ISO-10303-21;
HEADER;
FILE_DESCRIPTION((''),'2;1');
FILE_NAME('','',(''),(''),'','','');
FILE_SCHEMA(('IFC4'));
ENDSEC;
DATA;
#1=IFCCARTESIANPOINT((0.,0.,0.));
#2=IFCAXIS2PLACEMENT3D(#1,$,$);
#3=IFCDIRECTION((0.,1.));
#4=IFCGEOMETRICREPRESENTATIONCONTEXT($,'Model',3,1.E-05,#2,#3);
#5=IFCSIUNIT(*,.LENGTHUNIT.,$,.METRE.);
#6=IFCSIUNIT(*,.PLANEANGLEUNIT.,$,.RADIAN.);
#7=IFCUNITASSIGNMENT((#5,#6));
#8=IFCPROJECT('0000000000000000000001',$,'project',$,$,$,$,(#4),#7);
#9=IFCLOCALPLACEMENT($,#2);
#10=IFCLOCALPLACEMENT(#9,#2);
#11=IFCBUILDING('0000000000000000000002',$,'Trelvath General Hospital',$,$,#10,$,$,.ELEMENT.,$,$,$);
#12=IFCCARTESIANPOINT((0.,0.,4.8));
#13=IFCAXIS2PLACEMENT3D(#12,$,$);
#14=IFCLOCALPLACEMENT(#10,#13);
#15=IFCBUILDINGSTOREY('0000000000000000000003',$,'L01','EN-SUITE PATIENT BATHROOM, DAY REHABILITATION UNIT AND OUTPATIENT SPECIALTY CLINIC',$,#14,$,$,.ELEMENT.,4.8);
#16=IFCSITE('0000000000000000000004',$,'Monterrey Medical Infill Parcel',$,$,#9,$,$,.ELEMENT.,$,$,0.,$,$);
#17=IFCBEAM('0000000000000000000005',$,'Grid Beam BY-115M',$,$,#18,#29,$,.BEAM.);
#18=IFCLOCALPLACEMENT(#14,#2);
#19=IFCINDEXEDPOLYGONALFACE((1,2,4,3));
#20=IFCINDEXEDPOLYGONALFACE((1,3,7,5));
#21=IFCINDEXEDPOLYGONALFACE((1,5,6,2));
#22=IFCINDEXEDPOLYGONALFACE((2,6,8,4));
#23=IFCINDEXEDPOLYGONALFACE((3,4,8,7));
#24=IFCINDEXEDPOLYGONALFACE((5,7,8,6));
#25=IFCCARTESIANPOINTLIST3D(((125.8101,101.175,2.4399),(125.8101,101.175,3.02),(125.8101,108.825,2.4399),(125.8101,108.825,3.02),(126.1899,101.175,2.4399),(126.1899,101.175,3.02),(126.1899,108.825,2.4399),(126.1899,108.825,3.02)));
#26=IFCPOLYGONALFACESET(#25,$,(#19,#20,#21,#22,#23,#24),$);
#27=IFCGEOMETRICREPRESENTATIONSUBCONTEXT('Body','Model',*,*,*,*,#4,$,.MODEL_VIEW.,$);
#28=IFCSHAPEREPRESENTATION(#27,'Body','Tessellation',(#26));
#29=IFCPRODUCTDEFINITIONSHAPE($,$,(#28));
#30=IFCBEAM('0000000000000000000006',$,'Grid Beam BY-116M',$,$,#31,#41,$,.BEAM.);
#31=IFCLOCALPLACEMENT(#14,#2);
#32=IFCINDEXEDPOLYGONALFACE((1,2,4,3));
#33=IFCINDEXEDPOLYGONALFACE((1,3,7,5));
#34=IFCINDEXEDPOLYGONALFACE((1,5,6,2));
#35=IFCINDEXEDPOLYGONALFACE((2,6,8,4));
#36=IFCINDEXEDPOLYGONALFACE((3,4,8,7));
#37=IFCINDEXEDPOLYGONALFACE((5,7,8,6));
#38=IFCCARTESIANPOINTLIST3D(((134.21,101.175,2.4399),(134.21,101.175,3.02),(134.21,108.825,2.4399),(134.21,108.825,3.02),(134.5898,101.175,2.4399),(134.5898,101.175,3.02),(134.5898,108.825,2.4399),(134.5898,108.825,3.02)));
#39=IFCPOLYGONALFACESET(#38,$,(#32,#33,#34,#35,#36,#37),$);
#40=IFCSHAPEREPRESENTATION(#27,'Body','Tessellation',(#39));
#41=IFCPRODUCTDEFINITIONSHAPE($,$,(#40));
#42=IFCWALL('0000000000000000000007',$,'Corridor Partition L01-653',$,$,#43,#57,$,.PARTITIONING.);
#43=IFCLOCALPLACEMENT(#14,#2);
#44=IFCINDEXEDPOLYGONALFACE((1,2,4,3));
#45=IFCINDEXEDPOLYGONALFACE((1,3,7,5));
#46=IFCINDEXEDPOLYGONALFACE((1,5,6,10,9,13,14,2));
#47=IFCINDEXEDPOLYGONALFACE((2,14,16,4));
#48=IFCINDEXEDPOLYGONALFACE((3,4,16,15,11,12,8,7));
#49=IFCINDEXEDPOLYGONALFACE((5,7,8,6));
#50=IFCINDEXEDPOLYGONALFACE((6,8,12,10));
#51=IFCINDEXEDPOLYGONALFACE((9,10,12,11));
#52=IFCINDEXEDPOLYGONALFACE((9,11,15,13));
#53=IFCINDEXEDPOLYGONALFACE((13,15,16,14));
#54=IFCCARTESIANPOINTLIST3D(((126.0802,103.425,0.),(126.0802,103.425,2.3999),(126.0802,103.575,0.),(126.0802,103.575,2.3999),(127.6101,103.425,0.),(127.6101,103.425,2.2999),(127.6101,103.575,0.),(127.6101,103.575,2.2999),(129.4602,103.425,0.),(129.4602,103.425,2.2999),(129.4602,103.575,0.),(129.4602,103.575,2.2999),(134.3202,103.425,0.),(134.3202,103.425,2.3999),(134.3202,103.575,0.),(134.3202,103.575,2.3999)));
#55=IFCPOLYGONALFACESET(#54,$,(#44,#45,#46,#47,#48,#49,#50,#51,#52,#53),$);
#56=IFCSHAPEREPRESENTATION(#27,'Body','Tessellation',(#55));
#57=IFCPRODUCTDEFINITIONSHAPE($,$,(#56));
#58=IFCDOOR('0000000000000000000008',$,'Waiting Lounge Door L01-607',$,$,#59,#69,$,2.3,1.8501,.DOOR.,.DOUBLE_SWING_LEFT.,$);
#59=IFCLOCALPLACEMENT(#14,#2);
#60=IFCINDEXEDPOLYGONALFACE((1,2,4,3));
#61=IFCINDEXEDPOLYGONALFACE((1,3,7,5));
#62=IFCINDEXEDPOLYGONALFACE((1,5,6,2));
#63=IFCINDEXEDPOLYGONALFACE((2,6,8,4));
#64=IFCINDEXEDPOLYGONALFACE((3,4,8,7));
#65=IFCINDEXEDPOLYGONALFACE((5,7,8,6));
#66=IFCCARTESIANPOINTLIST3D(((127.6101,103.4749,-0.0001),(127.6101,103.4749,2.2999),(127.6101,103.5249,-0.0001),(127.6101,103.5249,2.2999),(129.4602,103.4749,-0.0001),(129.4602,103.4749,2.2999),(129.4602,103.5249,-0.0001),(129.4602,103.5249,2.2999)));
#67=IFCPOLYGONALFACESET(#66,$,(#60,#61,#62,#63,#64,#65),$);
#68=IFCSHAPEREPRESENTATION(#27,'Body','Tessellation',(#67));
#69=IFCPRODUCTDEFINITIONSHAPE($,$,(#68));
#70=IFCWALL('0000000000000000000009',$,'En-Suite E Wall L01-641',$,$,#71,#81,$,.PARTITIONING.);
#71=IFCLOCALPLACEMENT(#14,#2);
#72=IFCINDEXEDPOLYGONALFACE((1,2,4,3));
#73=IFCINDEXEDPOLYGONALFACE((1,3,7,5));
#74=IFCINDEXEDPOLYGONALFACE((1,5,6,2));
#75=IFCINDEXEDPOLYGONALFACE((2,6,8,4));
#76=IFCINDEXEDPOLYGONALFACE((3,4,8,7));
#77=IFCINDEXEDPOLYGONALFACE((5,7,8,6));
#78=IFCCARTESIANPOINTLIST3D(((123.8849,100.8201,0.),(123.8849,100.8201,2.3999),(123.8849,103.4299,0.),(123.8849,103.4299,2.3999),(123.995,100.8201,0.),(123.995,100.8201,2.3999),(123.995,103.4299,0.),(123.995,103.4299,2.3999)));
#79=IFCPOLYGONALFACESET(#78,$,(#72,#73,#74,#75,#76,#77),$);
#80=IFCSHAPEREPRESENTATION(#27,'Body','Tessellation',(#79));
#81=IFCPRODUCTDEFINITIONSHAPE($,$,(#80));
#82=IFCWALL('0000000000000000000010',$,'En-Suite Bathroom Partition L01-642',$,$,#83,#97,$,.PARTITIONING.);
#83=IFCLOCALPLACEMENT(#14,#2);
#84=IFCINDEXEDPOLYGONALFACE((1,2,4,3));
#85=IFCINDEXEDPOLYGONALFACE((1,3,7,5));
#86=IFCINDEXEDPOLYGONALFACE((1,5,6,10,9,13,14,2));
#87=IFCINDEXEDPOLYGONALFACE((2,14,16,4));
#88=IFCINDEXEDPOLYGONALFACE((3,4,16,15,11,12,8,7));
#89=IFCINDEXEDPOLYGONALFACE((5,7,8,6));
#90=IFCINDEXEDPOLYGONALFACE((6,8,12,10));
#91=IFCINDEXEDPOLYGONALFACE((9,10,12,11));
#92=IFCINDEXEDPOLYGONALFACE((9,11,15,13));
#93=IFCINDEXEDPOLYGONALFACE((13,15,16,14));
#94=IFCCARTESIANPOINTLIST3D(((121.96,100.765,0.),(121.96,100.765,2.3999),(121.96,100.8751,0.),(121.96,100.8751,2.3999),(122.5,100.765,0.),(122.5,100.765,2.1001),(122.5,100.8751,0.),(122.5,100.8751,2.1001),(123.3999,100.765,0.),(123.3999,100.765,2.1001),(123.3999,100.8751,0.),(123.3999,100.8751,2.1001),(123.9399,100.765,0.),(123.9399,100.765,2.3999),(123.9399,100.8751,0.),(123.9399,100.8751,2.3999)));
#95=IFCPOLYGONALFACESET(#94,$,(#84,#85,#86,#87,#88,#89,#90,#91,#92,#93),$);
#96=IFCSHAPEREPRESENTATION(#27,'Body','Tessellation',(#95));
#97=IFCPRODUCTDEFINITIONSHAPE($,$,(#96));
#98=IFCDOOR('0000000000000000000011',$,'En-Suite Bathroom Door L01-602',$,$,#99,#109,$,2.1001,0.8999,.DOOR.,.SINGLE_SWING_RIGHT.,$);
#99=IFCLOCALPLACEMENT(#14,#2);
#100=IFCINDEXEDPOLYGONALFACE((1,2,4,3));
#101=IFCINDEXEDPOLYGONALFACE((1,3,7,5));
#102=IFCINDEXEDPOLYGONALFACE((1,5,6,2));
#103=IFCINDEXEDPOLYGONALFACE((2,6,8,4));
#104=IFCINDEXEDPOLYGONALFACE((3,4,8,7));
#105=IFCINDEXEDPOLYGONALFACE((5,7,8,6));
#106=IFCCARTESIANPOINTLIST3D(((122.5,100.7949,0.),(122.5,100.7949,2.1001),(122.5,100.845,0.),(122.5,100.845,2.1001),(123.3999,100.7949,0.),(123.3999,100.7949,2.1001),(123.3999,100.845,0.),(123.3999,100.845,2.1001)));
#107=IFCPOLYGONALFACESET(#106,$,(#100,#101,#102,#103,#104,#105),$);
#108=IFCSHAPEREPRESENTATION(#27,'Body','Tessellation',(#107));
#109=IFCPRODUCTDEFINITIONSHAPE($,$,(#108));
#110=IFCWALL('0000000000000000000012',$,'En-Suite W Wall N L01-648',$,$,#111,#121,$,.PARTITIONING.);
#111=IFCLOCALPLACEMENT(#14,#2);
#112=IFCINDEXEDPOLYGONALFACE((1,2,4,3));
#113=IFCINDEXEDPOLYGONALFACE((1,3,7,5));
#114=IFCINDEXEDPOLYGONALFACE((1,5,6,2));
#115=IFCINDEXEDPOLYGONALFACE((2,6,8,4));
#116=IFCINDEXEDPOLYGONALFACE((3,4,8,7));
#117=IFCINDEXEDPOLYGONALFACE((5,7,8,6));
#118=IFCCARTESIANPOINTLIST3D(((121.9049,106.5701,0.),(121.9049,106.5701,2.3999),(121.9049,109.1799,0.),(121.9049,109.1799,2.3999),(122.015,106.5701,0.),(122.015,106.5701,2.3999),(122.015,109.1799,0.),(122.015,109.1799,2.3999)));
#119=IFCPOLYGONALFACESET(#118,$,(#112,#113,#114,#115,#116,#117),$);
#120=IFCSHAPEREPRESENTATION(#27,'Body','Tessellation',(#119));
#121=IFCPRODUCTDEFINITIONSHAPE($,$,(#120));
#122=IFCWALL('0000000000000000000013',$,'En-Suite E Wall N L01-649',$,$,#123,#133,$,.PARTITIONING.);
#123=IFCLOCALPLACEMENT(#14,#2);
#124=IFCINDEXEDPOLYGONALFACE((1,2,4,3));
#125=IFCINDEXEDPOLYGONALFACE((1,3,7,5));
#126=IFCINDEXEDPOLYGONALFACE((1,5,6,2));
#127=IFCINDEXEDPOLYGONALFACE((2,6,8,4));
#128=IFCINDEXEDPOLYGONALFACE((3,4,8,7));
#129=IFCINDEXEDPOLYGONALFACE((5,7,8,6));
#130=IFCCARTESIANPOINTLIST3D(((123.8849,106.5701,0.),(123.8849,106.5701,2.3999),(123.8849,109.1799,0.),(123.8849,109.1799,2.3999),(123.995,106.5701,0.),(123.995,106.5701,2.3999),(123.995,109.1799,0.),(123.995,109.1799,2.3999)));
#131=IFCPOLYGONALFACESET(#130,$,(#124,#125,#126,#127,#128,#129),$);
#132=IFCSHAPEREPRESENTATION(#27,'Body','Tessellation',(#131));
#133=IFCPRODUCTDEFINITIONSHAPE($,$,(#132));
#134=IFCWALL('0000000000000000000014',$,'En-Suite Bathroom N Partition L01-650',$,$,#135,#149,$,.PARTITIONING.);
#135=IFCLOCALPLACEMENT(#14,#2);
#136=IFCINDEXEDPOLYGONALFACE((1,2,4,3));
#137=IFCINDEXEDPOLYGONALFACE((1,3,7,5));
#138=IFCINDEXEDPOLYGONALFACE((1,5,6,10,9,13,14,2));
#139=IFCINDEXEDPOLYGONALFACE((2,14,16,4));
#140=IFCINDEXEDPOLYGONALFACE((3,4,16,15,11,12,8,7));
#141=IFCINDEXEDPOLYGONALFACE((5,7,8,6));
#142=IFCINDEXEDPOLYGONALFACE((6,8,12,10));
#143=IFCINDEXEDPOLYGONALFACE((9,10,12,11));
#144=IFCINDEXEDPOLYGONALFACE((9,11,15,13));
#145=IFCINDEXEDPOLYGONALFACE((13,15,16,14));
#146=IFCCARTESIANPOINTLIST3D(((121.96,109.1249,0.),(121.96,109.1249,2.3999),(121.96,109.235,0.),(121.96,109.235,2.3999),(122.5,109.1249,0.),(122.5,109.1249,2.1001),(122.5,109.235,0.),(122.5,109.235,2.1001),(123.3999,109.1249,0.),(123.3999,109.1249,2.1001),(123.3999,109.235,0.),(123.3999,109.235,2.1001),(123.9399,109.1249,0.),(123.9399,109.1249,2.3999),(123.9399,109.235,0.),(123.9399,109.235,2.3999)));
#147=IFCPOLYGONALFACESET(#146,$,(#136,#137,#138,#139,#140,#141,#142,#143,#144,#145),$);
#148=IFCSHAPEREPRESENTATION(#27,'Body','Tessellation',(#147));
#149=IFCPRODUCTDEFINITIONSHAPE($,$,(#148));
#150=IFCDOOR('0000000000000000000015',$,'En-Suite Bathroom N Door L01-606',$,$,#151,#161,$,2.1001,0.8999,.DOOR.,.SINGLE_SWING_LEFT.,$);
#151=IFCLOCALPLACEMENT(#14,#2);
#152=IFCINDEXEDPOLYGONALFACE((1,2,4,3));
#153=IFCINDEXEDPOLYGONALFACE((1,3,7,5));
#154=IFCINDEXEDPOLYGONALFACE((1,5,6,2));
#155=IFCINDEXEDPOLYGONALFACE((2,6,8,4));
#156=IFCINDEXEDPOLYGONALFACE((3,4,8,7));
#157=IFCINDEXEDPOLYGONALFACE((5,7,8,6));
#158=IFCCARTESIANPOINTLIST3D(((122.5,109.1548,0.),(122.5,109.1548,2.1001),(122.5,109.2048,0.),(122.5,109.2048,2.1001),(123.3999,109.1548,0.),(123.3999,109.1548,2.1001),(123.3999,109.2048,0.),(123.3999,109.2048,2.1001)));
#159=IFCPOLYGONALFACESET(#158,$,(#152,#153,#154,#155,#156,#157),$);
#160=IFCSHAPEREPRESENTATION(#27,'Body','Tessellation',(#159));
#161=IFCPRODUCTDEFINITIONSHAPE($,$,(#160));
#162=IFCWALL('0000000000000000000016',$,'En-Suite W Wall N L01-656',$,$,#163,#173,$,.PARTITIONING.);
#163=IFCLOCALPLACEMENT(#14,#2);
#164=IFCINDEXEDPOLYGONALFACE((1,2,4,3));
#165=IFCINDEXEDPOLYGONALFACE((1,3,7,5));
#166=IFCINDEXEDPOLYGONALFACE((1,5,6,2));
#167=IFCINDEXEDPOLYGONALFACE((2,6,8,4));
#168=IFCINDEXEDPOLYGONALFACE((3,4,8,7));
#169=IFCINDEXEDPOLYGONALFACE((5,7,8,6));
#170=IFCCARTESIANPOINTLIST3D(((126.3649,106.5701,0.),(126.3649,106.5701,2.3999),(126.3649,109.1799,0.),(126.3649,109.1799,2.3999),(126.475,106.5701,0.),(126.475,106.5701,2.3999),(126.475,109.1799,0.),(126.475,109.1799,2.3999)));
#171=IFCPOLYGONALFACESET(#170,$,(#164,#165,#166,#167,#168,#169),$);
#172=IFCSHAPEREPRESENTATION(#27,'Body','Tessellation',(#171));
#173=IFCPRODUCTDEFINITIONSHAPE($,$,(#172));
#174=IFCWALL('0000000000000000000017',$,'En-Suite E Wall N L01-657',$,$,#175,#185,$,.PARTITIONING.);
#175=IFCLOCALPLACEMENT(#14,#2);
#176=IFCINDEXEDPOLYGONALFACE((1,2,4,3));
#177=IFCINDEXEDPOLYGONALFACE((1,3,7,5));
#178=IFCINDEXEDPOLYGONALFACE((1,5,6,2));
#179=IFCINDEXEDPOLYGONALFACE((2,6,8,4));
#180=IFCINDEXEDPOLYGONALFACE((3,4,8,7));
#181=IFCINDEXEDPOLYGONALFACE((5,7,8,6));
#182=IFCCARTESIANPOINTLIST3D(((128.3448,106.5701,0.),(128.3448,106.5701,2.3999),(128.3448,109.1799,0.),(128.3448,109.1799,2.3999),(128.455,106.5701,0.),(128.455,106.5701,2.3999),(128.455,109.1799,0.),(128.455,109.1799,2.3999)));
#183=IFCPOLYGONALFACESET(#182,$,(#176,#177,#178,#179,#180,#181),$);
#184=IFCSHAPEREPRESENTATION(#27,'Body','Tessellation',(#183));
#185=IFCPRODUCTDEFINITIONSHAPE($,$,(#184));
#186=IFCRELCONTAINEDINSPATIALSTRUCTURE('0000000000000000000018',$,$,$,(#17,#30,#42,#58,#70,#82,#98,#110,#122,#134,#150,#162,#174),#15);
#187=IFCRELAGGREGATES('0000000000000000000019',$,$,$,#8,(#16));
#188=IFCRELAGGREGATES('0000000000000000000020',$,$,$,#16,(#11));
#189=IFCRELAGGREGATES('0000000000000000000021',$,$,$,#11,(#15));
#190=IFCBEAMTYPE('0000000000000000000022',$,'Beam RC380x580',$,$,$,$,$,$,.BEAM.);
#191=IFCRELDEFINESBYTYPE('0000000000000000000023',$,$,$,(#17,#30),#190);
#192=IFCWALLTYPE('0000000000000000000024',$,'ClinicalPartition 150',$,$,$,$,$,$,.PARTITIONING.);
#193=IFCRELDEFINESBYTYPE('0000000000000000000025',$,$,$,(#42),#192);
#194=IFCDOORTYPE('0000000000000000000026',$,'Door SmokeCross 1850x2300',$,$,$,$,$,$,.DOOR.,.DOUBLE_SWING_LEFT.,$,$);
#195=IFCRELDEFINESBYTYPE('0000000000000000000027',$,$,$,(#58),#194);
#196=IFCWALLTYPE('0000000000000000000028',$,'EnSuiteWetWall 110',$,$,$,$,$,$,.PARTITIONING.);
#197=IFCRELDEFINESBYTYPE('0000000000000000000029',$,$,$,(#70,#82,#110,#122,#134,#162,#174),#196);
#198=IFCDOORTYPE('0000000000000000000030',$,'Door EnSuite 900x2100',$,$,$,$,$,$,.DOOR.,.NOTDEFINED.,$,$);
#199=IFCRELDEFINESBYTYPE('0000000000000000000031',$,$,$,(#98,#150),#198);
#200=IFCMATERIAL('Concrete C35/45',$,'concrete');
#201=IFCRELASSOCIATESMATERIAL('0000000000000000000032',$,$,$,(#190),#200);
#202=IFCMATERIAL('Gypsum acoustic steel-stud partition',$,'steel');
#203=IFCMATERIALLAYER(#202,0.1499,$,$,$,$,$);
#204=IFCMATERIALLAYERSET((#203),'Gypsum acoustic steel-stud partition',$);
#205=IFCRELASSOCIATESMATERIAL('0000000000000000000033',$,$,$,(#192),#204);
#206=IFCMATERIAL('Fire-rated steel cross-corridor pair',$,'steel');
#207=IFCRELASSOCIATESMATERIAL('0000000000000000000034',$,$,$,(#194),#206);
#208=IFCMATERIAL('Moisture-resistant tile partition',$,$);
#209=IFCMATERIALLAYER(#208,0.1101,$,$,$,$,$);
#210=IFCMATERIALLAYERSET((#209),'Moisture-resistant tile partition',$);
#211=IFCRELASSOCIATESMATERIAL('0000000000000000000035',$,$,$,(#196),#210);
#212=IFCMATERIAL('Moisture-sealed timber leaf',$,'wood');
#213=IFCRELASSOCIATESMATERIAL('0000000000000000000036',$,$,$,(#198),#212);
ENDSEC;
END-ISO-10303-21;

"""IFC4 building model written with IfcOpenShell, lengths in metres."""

from ifc_helpers import new_model, si_unit, direction, frame, frame_2d, origin, origin_2d, place, context, subcontext, project, spatial, rectangle, extrude, material, layer, layer_set, material_profile, profile_set, type_object, element, fill, save


model = new_model("IFC4")

# Units and contexts
model_context = context("Model", 3, precision=1e-05, world=origin(), true_north=direction((0.0, 1.0)))
body_context = subcontext(model_context, "Body", "Model", "MODEL_VIEW")
ifc_project = project(units=[si_unit("LENGTHUNIT", "METRE"), si_unit("PLANEANGLEUNIT", "RADIAN")], contexts=[model_context])

# Site, building, storey
site_placement = place(None, origin())
site = spatial("IfcSite", under=ifc_project, at=site_placement, Name="Monterrey Medical Infill Parcel", CompositionType="ELEMENT", RefElevation=0.0)
building_placement = place(site_placement, origin())
building = spatial("IfcBuilding", under=site, at=building_placement, Name="Trelvath General Hospital", CompositionType="ELEMENT")
storey_placement = place(building_placement, frame((0.0, 0.0, 4.8)))
storey = spatial("IfcBuildingStorey", under=building, at=storey_placement, Name="L01", Description="EN-SUITE PATIENT BATHROOM, DAY REHABILITATION UNIT AND OUTPATIENT SPECIALTY CLINIC", CompositionType="ELEMENT", Elevation=4.8)

# Beams
ifc_material_1 = material(Name="Concrete C35/45", Category="concrete")
ifc_material_profile = material_profile(ifc_material_1, rectangle(XDim=0.3799, YDim=0.5801, at=origin_2d()), Name="RCB380x580")
ifc_profile_set = profile_set([ifc_material_profile], Name="Concrete C35/45")
beam_type = type_object("IfcBeamType", Name="Beam RC380x580", PredefinedType="BEAM", material=ifc_profile_set)
for number, where, z_axis, x_axis, name in (
    (1, (126.0, 101.175, 2.73), (0.0, 1.0, 0.0), (-1.0, 0.0, 0.0), "Grid Beam BY-115M"),
    (2, (134.3999, 101.175, 2.73), (0.0, 1.0, 0.0), (-1.0, 0.0, 0.0), "Grid Beam BY-116M"),
):
    element("IfcBeam", number, at=place(storey_placement, frame(where, z_axis=z_axis, x_axis=x_axis)), inside=storey, type_object=beam_type, Name=name, PredefinedType="BEAM", context=body_context, shape_type="SweptSolid", body=[
        extrude(rectangle(XDim=0.3799, YDim=0.5801, at=origin_2d()), origin(), (0.0, 0.0, 1.0), 7.6499),
    ])

# Shared definitions
ifc_material_2 = material(Name="Gypsum acoustic steel-stud partition", Category="steel")
ifc_layer_1 = layer(ifc_material_2, 0.1499)
ifc_layer_set_1 = layer_set([ifc_layer_1], Name="Gypsum acoustic steel-stud partition")
wall_type_1 = type_object("IfcWallType", Name="ClinicalPartition 150", PredefinedType="PARTITIONING", material=ifc_layer_set_1)

# Wall, opening, door
wall_1_placement = place(storey_placement, frame((126.0801, 103.5, 0.0), z_axis=(0.0, 0.0, 1.0), x_axis=(1.0, 0.0, 0.0)))
wall_1 = element("IfcWall", 3, at=wall_1_placement, inside=storey, type_object=wall_type_1, Name="Corridor Partition L01-653", PredefinedType="PARTITIONING", context=body_context, shape_type="SweptSolid", body=[
    extrude(rectangle(XDim=8.24, YDim=0.1499, at=frame_2d((4.1201, 0.0))), origin(), (0.0, 0.0, 1.0), 2.3999),
])
opening_1_placement = place(wall_1_placement, frame((1.53, 0.0, 0.0)))
opening_1 = element("IfcOpeningElement", 4, at=opening_1_placement, cuts=wall_1, PredefinedType="OPENING", context=body_context, shape_type="SweptSolid", body=[
    extrude(rectangle(XDim=1.8501, YDim=2.3, at=frame_2d((0.925, 1.1499))), frame((0.0, 0.085, 0.0), z_axis=(0.0, -1.0, 0.0), x_axis=(1.0, 0.0, 0.0)), (0.0, 0.0, 1.0), 0.1699),
])
ifc_material_3 = material(Name="Fire-rated steel cross-corridor pair", Category="steel")
door_type_1 = type_object("IfcDoorType", Name="Door SmokeCross 1850x2300", OperationType="DOUBLE_SWING_LEFT", PredefinedType="DOOR", material=ifc_material_3)
door_1_placement = place(opening_1_placement, origin())
door_1 = element("IfcDoor", 5, at=door_1_placement, inside=storey, type_object=door_type_1, Name="Waiting Lounge Door L01-607", OperationType="DOUBLE_SWING_LEFT", OverallHeight=2.3, OverallWidth=1.8501, PredefinedType="DOOR", context=body_context, shape_type="SweptSolid", body=[
    extrude(rectangle(XDim=1.8501, YDim=2.3, at=frame_2d((0.925, 1.1499))), frame((0.0, 0.0249, 0.0), z_axis=(0.0, -1.0, 0.0), x_axis=(1.0, 0.0, 0.0)), (0.0, 0.0, 1.0), 0.05),
])
fill(opening_1, door_1)

# Wall
ifc_material_4 = material(Name="Moisture-resistant tile partition")
ifc_layer_2 = layer(ifc_material_4, 0.1101)
ifc_layer_set_2 = layer_set([ifc_layer_2], Name="Moisture-resistant tile partition")
wall_type_2 = type_object("IfcWallType", Name="EnSuiteWetWall 110", PredefinedType="PARTITIONING", material=ifc_layer_set_2)
wall_2_placement = place(storey_placement, frame((123.9399, 100.8201, 0.0), z_axis=(0.0, 0.0, 1.0), x_axis=(0.0, 1.0, 0.0)))
element("IfcWall", 6, at=wall_2_placement, inside=storey, type_object=wall_type_2, Name="En-Suite E Wall L01-641", PredefinedType="PARTITIONING", context=body_context, shape_type="SweptSolid", body=[
    extrude(rectangle(XDim=2.6099, YDim=0.1101, at=frame_2d((1.3049, 0.0))), origin(), (0.0, 0.0, 1.0), 2.3999),
])

# Wall, opening, door
wall_3_placement = place(storey_placement, frame((121.96, 100.8201, 0.0), z_axis=(0.0, 0.0, 1.0), x_axis=(1.0, 0.0, 0.0)))
wall_3 = element("IfcWall", 7, at=wall_3_placement, inside=storey, type_object=wall_type_2, Name="En-Suite Bathroom Partition L01-642", PredefinedType="PARTITIONING", context=body_context, shape_type="SweptSolid", body=[
    extrude(rectangle(XDim=1.98, YDim=0.1101, at=frame_2d((0.99, 0.0))), origin(), (0.0, 0.0, 1.0), 2.3999),
])
opening_2_placement = place(wall_3_placement, frame((0.54, 0.0, 0.0)))
opening_2 = element("IfcOpeningElement", 8, at=opening_2_placement, cuts=wall_3, PredefinedType="OPENING", context=body_context, shape_type="SweptSolid", body=[
    extrude(rectangle(XDim=0.8999, YDim=2.1001, at=frame_2d((0.45, 1.05))), frame((0.0, 0.0649, 0.0), z_axis=(0.0, -1.0, 0.0), x_axis=(1.0, 0.0, 0.0)), (0.0, 0.0, 1.0), 0.1301),
])
ifc_material_5 = material(Name="Moisture-sealed timber leaf", Category="wood")
door_type_2 = type_object("IfcDoorType", Name="Door EnSuite 900x2100", OperationType="NOTDEFINED", PredefinedType="DOOR", material=ifc_material_5)
door_2_placement = place(opening_2_placement, origin())
door_2 = element("IfcDoor", 9, at=door_2_placement, inside=storey, type_object=door_type_2, Name="En-Suite Bathroom Door L01-602", OperationType="SINGLE_SWING_RIGHT", OverallHeight=2.1001, OverallWidth=0.8999, PredefinedType="DOOR", context=body_context, shape_type="SweptSolid", body=[
    extrude(rectangle(XDim=0.8999, YDim=2.1001, at=frame_2d((0.45, 1.05))), frame((0.0, 0.0249, 0.0), z_axis=(0.0, -1.0, 0.0), x_axis=(1.0, 0.0, 0.0)), (0.0, 0.0, 1.0), 0.05),
])
fill(opening_2, door_2)

# Walls
for number, where, z_axis, x_axis, name in (
    (10, (121.96, 106.5701, 0.0), (0.0, 0.0, 1.0), (0.0, 1.0, 0.0), "En-Suite W Wall N L01-648"),
    (11, (123.9399, 106.5701, 0.0), (0.0, 0.0, 1.0), (0.0, 1.0, 0.0), "En-Suite E Wall N L01-649"),
):
    element("IfcWall", number, at=place(storey_placement, frame(where, z_axis=z_axis, x_axis=x_axis)), inside=storey, type_object=wall_type_2, Name=name, PredefinedType="PARTITIONING", context=body_context, shape_type="SweptSolid", body=[
        extrude(rectangle(XDim=2.6099, YDim=0.1101, at=frame_2d((1.3049, 0.0))), origin(), (0.0, 0.0, 1.0), 2.3999),
    ])

# Wall, opening, door
wall_4_placement = place(storey_placement, frame((121.96, 109.1799, 0.0), z_axis=(0.0, 0.0, 1.0), x_axis=(1.0, 0.0, 0.0)))
wall_4 = element("IfcWall", 12, at=wall_4_placement, inside=storey, type_object=wall_type_2, Name="En-Suite Bathroom N Partition L01-650", PredefinedType="PARTITIONING", context=body_context, shape_type="SweptSolid", body=[
    extrude(rectangle(XDim=1.98, YDim=0.1101, at=frame_2d((0.99, 0.0))), origin(), (0.0, 0.0, 1.0), 2.3999),
])
opening_3_placement = place(wall_4_placement, frame((0.54, 0.0, 0.0)))
opening_3 = element("IfcOpeningElement", 13, at=opening_3_placement, cuts=wall_4, PredefinedType="OPENING", context=body_context, shape_type="SweptSolid", body=[
    extrude(rectangle(XDim=0.8999, YDim=2.1001, at=frame_2d((0.45, 1.05))), frame((0.0, 0.0649, 0.0), z_axis=(0.0, -1.0, 0.0), x_axis=(1.0, 0.0, 0.0)), (0.0, 0.0, 1.0), 0.1301),
])
door_3_placement = place(opening_3_placement, origin())
door_3 = element("IfcDoor", 14, at=door_3_placement, inside=storey, type_object=door_type_2, Name="En-Suite Bathroom N Door L01-606", OperationType="SINGLE_SWING_LEFT", OverallHeight=2.1001, OverallWidth=0.8999, PredefinedType="DOOR", context=body_context, shape_type="SweptSolid", body=[
    extrude(rectangle(XDim=0.8999, YDim=2.1001, at=frame_2d((0.45, 1.05))), frame((0.0, 0.0249, 0.0), z_axis=(0.0, -1.0, 0.0), x_axis=(1.0, 0.0, 0.0)), (0.0, 0.0, 1.0), 0.05),
])
fill(opening_3, door_3)

# Walls
for number, where, z_axis, x_axis, name in (
    (15, (126.4199, 106.5701, 0.0), (0.0, 0.0, 1.0), (0.0, 1.0, 0.0), "En-Suite W Wall N L01-656"),
    (16, (128.3999, 106.5701, 0.0), (0.0, 0.0, 1.0), (0.0, 1.0, 0.0), "En-Suite E Wall N L01-657"),
):
    element("IfcWall", number, at=place(storey_placement, frame(where, z_axis=z_axis, x_axis=x_axis)), inside=storey, type_object=wall_type_2, Name=name, PredefinedType="PARTITIONING", context=body_context, shape_type="SweptSolid", body=[
        extrude(rectangle(XDim=2.6099, YDim=0.1101, at=frame_2d((1.3049, 0.0))), origin(), (0.0, 0.0, 1.0), 2.3999),
    ])

save(model, "model.ifc")
